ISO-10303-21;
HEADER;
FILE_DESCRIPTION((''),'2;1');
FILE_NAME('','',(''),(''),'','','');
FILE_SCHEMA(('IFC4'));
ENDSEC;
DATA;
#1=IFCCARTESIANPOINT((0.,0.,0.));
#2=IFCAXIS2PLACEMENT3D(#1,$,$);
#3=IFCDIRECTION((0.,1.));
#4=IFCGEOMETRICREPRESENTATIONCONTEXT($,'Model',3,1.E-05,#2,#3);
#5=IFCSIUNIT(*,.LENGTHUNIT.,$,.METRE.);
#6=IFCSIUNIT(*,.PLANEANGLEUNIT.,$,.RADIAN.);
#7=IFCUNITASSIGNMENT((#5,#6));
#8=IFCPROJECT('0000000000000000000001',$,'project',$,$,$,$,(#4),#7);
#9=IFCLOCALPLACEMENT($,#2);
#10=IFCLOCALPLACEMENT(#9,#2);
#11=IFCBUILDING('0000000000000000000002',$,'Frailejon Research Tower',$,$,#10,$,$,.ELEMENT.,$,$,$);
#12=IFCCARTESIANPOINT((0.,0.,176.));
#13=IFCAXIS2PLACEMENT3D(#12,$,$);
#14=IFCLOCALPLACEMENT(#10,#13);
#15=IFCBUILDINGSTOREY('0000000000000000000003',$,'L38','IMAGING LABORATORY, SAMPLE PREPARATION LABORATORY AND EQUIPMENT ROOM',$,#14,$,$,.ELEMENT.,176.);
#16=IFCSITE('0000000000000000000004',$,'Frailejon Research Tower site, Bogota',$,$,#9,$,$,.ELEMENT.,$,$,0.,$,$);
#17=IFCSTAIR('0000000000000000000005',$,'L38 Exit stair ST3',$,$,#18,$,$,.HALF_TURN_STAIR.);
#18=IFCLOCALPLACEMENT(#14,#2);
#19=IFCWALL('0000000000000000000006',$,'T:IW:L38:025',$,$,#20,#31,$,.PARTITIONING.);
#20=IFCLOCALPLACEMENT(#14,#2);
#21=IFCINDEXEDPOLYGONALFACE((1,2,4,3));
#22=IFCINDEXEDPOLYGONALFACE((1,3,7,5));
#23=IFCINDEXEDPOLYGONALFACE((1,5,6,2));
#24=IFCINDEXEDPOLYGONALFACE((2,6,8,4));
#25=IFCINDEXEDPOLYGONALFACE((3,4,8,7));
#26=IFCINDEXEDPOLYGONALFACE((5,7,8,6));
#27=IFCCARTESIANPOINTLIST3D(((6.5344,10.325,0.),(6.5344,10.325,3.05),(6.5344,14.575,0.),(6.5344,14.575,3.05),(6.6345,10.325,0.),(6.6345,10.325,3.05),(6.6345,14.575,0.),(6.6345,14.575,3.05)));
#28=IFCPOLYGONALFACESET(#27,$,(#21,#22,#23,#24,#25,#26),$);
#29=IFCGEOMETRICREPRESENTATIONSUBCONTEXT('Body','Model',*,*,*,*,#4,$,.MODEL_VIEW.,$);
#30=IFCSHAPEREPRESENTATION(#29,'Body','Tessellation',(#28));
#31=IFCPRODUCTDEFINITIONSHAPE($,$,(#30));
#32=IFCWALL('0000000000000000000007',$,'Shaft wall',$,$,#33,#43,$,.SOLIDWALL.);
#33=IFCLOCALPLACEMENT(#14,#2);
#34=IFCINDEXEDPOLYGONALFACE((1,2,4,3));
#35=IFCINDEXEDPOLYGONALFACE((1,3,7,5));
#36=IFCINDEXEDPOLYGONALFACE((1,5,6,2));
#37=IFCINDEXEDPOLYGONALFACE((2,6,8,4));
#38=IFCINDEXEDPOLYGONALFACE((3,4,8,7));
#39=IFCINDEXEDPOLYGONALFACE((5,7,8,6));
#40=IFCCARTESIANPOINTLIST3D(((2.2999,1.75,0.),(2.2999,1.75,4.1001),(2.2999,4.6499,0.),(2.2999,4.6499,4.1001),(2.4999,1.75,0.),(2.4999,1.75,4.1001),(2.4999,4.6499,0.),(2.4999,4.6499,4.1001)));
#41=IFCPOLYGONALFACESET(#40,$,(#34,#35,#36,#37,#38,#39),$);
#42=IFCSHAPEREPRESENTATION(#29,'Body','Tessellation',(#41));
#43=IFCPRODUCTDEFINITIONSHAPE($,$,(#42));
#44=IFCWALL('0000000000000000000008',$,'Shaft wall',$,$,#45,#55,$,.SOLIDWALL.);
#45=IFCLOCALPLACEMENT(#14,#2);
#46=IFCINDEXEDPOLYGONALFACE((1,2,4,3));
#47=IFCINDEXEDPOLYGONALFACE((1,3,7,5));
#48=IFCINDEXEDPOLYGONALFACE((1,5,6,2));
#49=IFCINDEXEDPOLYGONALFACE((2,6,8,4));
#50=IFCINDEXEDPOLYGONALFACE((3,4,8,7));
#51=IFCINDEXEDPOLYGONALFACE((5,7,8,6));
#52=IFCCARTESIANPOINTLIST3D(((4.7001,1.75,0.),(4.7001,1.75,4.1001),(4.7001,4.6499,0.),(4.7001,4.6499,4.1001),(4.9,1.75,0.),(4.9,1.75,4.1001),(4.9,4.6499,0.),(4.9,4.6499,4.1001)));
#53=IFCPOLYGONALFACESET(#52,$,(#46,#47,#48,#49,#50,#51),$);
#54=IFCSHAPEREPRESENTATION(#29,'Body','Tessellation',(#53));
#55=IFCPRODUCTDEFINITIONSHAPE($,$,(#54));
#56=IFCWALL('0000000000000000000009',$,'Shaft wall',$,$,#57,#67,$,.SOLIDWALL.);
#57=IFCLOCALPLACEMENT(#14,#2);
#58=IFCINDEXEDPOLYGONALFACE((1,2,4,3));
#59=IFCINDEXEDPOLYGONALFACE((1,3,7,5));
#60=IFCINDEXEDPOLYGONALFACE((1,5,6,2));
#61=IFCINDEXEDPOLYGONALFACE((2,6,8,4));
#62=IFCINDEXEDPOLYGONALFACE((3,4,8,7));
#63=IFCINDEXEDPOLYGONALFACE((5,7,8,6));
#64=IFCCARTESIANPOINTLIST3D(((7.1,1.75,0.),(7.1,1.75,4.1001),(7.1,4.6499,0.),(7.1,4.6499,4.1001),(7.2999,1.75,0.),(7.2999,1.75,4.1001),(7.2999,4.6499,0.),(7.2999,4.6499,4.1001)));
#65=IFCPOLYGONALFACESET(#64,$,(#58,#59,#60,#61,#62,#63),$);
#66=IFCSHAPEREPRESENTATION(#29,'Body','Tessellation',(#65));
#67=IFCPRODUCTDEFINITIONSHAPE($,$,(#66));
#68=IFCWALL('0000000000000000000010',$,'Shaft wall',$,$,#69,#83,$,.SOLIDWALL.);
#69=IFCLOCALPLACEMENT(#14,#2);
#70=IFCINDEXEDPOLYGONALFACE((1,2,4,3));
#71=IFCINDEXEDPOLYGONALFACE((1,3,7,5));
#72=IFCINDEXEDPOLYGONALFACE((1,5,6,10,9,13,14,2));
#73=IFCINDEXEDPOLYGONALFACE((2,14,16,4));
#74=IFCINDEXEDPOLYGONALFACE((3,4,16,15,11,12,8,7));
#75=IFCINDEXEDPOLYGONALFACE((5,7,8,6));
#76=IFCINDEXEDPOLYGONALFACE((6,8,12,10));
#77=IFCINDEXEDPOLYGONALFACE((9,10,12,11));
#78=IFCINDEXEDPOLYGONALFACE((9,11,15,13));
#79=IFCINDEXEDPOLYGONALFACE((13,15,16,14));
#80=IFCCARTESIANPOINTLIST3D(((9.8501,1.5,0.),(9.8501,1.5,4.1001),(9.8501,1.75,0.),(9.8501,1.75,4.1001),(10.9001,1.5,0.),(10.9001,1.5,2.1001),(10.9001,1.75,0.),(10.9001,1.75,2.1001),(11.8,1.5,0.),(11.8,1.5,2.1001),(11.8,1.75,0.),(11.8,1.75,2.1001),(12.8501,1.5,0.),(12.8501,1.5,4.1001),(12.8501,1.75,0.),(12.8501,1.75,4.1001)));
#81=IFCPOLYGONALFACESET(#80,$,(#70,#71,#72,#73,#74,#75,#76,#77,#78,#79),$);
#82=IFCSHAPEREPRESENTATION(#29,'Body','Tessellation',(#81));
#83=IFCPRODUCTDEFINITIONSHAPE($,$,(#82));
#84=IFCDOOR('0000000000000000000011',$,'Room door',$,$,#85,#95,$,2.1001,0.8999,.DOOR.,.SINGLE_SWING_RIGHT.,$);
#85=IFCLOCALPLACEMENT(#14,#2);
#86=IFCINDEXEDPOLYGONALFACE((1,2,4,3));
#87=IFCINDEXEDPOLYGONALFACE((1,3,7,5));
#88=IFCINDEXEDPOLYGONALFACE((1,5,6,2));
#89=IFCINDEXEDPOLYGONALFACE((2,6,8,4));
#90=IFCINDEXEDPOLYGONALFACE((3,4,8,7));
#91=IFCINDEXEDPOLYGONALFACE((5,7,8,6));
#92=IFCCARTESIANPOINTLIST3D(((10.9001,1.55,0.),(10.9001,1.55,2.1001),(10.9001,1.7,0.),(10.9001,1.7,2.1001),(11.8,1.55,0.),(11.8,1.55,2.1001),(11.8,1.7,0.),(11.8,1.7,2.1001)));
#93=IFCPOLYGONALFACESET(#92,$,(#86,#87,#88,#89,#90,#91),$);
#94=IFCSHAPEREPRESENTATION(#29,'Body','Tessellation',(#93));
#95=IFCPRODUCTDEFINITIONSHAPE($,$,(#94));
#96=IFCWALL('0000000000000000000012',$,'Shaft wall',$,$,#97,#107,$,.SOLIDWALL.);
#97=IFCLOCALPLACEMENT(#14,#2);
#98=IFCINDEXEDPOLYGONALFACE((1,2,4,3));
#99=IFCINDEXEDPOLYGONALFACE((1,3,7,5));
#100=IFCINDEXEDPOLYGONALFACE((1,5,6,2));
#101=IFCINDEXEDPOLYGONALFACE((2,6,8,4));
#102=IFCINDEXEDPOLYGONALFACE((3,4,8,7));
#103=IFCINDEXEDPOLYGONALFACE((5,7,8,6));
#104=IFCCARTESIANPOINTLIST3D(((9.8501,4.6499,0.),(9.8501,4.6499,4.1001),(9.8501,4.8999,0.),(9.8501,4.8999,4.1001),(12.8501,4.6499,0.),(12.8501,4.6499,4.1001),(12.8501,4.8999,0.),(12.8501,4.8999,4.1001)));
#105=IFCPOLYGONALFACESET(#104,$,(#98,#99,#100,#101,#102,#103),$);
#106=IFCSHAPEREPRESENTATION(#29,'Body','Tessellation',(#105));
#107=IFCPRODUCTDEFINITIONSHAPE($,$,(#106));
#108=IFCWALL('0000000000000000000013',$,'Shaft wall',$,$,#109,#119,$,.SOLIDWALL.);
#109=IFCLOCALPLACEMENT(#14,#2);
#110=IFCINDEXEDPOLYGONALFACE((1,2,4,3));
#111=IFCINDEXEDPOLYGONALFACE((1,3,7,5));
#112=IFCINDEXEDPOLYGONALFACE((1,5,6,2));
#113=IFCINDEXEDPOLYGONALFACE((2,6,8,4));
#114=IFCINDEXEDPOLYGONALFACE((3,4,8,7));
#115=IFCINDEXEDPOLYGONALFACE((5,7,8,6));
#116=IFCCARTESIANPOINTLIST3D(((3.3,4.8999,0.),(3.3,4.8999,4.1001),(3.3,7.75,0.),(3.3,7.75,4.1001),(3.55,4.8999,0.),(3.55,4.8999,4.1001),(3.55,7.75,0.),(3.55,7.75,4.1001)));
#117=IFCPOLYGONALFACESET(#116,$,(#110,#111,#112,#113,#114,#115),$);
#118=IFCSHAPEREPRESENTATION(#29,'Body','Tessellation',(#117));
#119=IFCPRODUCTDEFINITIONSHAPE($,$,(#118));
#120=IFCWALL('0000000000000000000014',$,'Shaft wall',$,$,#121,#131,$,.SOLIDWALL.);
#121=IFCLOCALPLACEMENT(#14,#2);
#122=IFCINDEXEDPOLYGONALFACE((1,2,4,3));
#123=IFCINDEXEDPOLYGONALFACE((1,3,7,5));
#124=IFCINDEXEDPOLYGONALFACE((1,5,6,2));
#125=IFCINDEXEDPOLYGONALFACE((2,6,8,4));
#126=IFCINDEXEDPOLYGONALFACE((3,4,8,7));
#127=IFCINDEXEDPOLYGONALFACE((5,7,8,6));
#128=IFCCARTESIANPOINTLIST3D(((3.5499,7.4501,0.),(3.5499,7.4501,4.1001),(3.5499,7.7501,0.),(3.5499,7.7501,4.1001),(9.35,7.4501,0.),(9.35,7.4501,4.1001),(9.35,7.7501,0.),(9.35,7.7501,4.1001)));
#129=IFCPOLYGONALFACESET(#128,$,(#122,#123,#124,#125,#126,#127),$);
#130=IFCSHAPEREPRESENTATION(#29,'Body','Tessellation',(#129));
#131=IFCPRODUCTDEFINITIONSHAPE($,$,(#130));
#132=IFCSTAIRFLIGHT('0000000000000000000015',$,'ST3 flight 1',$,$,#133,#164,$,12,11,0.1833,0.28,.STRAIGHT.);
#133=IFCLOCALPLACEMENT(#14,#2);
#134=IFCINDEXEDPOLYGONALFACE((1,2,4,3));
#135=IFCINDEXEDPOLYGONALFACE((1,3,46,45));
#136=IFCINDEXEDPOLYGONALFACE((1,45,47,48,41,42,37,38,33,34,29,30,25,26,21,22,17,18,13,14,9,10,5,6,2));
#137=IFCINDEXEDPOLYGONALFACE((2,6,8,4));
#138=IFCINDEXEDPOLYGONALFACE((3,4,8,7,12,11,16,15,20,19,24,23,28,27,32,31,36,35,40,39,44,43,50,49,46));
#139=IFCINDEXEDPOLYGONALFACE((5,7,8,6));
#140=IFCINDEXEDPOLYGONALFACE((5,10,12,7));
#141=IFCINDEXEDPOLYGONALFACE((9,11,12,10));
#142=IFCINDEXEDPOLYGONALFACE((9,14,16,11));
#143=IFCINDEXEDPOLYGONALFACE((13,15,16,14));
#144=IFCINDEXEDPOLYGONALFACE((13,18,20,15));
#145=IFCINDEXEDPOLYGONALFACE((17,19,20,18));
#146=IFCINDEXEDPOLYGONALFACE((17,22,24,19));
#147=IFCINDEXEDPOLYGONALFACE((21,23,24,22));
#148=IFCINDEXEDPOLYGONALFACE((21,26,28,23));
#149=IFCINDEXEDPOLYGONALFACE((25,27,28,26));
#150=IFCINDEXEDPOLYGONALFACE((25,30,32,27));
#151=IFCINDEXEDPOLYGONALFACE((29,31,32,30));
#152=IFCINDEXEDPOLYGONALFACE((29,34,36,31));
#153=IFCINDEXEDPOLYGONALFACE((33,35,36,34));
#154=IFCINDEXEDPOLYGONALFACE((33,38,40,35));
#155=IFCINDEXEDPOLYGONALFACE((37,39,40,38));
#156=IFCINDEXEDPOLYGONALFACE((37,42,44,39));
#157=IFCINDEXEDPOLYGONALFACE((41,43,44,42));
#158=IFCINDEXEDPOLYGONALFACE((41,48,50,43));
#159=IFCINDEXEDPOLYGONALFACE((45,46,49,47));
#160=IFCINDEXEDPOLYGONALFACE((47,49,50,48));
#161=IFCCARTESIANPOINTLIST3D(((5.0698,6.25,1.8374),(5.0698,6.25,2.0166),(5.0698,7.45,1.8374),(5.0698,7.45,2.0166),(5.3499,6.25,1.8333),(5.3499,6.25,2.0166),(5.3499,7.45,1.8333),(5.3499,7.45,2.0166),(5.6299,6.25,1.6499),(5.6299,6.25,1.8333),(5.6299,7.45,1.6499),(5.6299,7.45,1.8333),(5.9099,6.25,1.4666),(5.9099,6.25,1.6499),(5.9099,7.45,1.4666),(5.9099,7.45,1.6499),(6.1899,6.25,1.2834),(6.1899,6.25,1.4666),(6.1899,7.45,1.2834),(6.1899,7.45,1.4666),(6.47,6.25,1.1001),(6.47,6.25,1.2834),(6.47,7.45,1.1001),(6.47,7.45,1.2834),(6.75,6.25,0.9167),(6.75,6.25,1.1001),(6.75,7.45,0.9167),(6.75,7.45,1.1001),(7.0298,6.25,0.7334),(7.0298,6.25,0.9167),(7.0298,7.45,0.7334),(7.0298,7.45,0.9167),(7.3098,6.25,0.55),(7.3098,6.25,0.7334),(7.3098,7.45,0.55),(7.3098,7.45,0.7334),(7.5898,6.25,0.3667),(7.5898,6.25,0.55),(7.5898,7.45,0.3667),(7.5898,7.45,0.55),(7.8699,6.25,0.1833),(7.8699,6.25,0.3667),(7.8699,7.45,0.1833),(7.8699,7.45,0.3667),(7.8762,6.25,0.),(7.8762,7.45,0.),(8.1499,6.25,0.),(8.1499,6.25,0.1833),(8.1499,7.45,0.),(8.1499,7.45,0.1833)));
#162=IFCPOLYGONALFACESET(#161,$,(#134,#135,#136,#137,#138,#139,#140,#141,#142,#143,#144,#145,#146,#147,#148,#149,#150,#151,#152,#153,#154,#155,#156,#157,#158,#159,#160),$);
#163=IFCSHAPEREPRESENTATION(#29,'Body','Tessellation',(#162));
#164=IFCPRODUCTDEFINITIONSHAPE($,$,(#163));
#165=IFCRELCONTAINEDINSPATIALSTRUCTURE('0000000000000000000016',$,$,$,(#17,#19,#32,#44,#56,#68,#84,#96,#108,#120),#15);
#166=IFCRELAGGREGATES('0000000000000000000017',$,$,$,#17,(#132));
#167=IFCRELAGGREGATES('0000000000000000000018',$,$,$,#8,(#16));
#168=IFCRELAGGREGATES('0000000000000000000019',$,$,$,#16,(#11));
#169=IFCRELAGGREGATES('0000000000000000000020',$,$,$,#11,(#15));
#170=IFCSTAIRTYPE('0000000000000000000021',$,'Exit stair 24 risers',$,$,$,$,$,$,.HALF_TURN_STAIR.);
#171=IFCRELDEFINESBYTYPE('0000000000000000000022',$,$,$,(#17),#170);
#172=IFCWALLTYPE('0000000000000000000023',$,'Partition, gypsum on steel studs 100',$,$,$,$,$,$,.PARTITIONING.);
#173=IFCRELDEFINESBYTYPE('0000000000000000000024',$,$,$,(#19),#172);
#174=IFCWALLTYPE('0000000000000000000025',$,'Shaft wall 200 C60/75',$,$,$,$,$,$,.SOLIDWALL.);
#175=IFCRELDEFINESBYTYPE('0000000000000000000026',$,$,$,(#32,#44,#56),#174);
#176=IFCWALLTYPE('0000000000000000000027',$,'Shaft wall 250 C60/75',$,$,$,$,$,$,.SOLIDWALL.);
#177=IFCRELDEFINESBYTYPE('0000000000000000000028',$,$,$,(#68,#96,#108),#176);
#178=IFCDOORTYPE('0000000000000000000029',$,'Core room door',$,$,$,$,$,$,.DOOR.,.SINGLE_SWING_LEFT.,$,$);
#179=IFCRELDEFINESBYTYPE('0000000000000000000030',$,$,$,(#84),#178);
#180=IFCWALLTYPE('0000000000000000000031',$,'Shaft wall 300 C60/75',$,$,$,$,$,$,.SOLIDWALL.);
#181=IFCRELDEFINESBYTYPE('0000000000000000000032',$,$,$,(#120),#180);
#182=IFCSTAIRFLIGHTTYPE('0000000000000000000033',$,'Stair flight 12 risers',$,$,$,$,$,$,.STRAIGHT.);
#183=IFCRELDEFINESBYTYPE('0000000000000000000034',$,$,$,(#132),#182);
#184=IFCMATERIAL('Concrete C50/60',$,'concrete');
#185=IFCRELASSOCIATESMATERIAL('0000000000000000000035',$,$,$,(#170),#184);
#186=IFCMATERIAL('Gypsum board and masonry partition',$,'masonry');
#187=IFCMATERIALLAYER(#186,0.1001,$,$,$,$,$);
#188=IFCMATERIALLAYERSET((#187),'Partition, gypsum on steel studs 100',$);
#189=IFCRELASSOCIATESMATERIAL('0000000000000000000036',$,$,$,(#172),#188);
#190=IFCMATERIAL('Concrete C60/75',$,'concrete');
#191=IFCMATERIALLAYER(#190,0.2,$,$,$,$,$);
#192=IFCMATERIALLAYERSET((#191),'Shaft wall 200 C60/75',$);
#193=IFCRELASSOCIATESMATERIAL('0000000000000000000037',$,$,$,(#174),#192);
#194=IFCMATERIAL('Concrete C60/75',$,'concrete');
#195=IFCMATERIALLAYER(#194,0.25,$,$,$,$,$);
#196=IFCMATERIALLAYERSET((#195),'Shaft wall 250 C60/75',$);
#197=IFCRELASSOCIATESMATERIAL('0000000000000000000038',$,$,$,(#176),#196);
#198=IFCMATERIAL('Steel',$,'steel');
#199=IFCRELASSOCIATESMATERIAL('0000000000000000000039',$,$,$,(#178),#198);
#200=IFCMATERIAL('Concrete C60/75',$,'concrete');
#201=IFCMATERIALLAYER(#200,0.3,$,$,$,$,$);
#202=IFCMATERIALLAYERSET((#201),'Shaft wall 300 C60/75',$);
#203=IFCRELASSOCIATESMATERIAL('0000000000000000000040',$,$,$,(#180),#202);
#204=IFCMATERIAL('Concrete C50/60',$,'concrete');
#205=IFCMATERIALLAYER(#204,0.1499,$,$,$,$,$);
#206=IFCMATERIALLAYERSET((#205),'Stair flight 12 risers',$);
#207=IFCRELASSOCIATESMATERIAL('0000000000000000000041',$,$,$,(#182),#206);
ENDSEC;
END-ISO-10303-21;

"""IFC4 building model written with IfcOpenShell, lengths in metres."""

from ifc_helpers import new_model, si_unit, direction, frame, frame_2d, origin, place, context, subcontext, project, spatial, polyline, rectangle, outline, extrude, material, layer, layer_set, type_object, element, fill, aggregate, save


model = new_model("IFC4")

# Units and contexts
model_context = context("Model", 3, precision=1e-05, world=origin(), true_north=direction((0.0, 1.0)))
body_context = subcontext(model_context, "Body", "Model", "MODEL_VIEW")
ifc_project = project(units=[si_unit("LENGTHUNIT", "METRE"), si_unit("PLANEANGLEUNIT", "RADIAN")], contexts=[model_context])

# Site, building, storey
site_placement = place(None, origin())
site = spatial("IfcSite", under=ifc_project, at=site_placement, Name="Frailejon Research Tower site, Bogota", CompositionType="ELEMENT", RefElevation=0.0)
building_placement = place(site_placement, origin())
building = spatial("IfcBuilding", under=site, at=building_placement, Name="Frailejon Research Tower", CompositionType="ELEMENT")
storey_placement = place(building_placement, frame((0.0, 0.0, 176.0)))
storey = spatial("IfcBuildingStorey", under=building, at=storey_placement, Name="L38", Description="IMAGING LABORATORY, SAMPLE PREPARATION LABORATORY AND EQUIPMENT ROOM", CompositionType="ELEMENT", Elevation=176.0)

# Stair
ifc_material_1 = material(Name="Concrete C50/60", Category="concrete")
stair_type = type_object("IfcStairType", Name="Exit stair 24 risers", PredefinedType="HALF_TURN_STAIR", material=ifc_material_1)
stair_1_placement = place(storey_placement, origin())
stair_1 = element("IfcStair", 1, at=stair_1_placement, inside=storey, type_object=stair_type, Name="L38 Exit stair ST3", PredefinedType="HALF_TURN_STAIR")

# Walls
ifc_material_2 = material(Name="Gypsum board and masonry partition", Category="masonry")
ifc_layer_1 = layer(ifc_material_2, 0.1001)
ifc_layer_set_1 = layer_set([ifc_layer_1], Name="Partition, gypsum on steel studs 100")
wall_type_1 = type_object("IfcWallType", Name="Partition, gypsum on steel studs 100", PredefinedType="PARTITIONING", material=ifc_layer_set_1)
wall_1_placement = place(storey_placement, frame((6.5845, 10.325, 0.0), z_axis=(0.0, 0.0, 1.0), x_axis=(0.0, 1.0, 0.0)))
element("IfcWall", 2, at=wall_1_placement, inside=storey, type_object=wall_type_1, Name="T:IW:L38:025", PredefinedType="PARTITIONING", context=body_context, shape_type="SweptSolid", body=[
    extrude(rectangle(XDim=4.25, YDim=0.1001, at=frame_2d((2.125, 0.0))), origin(), (0.0, 0.0, 1.0), 3.05),
])
ifc_material_3 = material(Name="Concrete C60/75", Category="concrete")
ifc_layer_2 = layer(ifc_material_3, 0.2)
ifc_layer_set_2 = layer_set([ifc_layer_2], Name="Shaft wall 200 C60/75")
wall_type_2 = type_object("IfcWallType", Name="Shaft wall 200 C60/75", PredefinedType="SOLIDWALL", material=ifc_layer_set_2)
for number, where, z_axis, x_axis, name in (
    (3, (2.3999, 1.75, 0.0), (0.0, 0.0, 1.0), (0.0, 1.0, 0.0), "Shaft wall"),
    (4, (4.8, 1.75, 0.0), (0.0, 0.0, 1.0), (0.0, 1.0, 0.0), "Shaft wall"),
    (5, (7.2, 1.75, 0.0), (0.0, 0.0, 1.0), (0.0, 1.0, 0.0), "Shaft wall"),
):
    element("IfcWall", number, at=place(storey_placement, frame(where, z_axis=z_axis, x_axis=x_axis)), inside=storey, type_object=wall_type_2, Name=name, PredefinedType="SOLIDWALL", context=body_context, shape_type="SweptSolid", body=[
        extrude(rectangle(XDim=2.8999, YDim=0.2, at=frame_2d((1.45, 0.0))), origin(), (0.0, 0.0, 1.0), 4.1001),
    ])

# Wall, opening, door
ifc_material_4 = material(Name="Concrete C60/75", Category="concrete")
ifc_layer_3 = layer(ifc_material_4, 0.25)
ifc_layer_set_3 = layer_set([ifc_layer_3], Name="Shaft wall 250 C60/75")
wall_type_3 = type_object("IfcWallType", Name="Shaft wall 250 C60/75", PredefinedType="SOLIDWALL", material=ifc_layer_set_3)
wall_2_placement = place(storey_placement, frame((9.8501, 1.625, 0.0), z_axis=(0.0, 0.0, 1.0), x_axis=(1.0, 0.0, 0.0)))
wall_2 = element("IfcWall", 6, at=wall_2_placement, inside=storey, type_object=wall_type_3, Name="Shaft wall", PredefinedType="SOLIDWALL", context=body_context, shape_type="SweptSolid", body=[
    extrude(rectangle(XDim=3.0, YDim=0.25, at=frame_2d((1.5, 0.0))), origin(), (0.0, 0.0, 1.0), 4.1001),
])
opening_1_placement = place(wall_2_placement, frame((1.05, 0.0, 0.0)))
opening_1 = element("IfcOpeningElement", 7, at=opening_1_placement, cuts=wall_2, PredefinedType="OPENING", context=body_context, shape_type="SweptSolid", body=[
    extrude(rectangle(XDim=0.8999, YDim=2.1001, at=frame_2d((0.45, 1.05))), frame((0.0, 0.135, 0.0), z_axis=(0.0, -1.0, 0.0), x_axis=(1.0, 0.0, 0.0)), (0.0, 0.0, 1.0), 0.27),
])
ifc_material_5 = material(Name="Steel", Category="steel")
door_type_1 = type_object("IfcDoorType", Name="Core room door", OperationType="SINGLE_SWING_LEFT", PredefinedType="DOOR", material=ifc_material_5)
door_1_placement = place(opening_1_placement, origin())
door_1 = element("IfcDoor", 8, at=door_1_placement, inside=storey, type_object=door_type_1, Name="Room door", OperationType="SINGLE_SWING_RIGHT", OverallHeight=2.1001, OverallWidth=0.8999, PredefinedType="DOOR", context=body_context, shape_type="SweptSolid", body=[
    extrude(rectangle(XDim=0.8999, YDim=2.1001, at=frame_2d((0.45, 1.05))), frame((0.0, 0.075, 0.0), z_axis=(0.0, -1.0, 0.0), x_axis=(1.0, 0.0, 0.0)), (0.0, 0.0, 1.0), 0.1499),
])
fill(opening_1, door_1)

# Walls
wall_3_placement = place(storey_placement, frame((9.8501, 4.7749, 0.0), z_axis=(0.0, 0.0, 1.0), x_axis=(1.0, 0.0, 0.0)))
element("IfcWall", 9, at=wall_3_placement, inside=storey, type_object=wall_type_3, Name="Shaft wall", PredefinedType="SOLIDWALL", context=body_context, shape_type="SweptSolid", body=[
    extrude(rectangle(XDim=3.0, YDim=0.25, at=frame_2d((1.5, 0.0))), origin(), (0.0, 0.0, 1.0), 4.1001),
])
wall_4_placement = place(storey_placement, frame((3.425, 4.8999, 0.0), z_axis=(0.0, 0.0, 1.0), x_axis=(0.0, 1.0, 0.0)))
element("IfcWall", 10, at=wall_4_placement, inside=storey, type_object=wall_type_3, Name="Shaft wall", PredefinedType="SOLIDWALL", context=body_context, shape_type="SweptSolid", body=[
    extrude(rectangle(XDim=2.8501, YDim=0.25, at=frame_2d((1.425, 0.0))), origin(), (0.0, 0.0, 1.0), 4.1001),
])
ifc_material_6 = material(Name="Concrete C60/75", Category="concrete")
ifc_layer_4 = layer(ifc_material_6, 0.3)
ifc_layer_set_4 = layer_set([ifc_layer_4], Name="Shaft wall 300 C60/75")
wall_type_4 = type_object("IfcWallType", Name="Shaft wall 300 C60/75", PredefinedType="SOLIDWALL", material=ifc_layer_set_4)
wall_5_placement = place(storey_placement, frame((3.55, 7.6001, 0.0), z_axis=(0.0, 0.0, 1.0), x_axis=(1.0, 0.0, 0.0)))
element("IfcWall", 11, at=wall_5_placement, inside=storey, type_object=wall_type_4, Name="Shaft wall", PredefinedType="SOLIDWALL", context=body_context, shape_type="SweptSolid", body=[
    extrude(rectangle(XDim=5.8, YDim=0.3, at=frame_2d((2.8999, 0.0))), origin(), (0.0, 0.0, 1.0), 4.1001),
])

# Stair flight
ifc_material_7 = material(Name="Concrete C50/60", Category="concrete")
ifc_layer_5 = layer(ifc_material_7, 0.1499)
ifc_layer_set_5 = layer_set([ifc_layer_5], Name="Stair flight 12 risers")
stair_flight_type = type_object("IfcStairFlightType", Name="Stair flight 12 risers", PredefinedType="STRAIGHT", material=ifc_layer_set_5)
stair_flight_1_placement = place(storey_placement, frame((8.1499, 6.8501, 0.0), z_axis=(0.0, 0.0, 1.0), x_axis=(-1.0, 0.0, 0.0)))
stair_flight_1 = element("IfcStairFlight", 12, at=stair_flight_1_placement, type_object=stair_flight_type, Name="ST3 flight 1", NumberOfRisers=12, NumberOfTreads=11, PredefinedType="STRAIGHT", RiserHeight=0.1833, TreadLength=0.28, context=body_context, shape_type="SweptSolid", body=[
    extrude(outline(polyline([(0.0, 0.0), (0.0, 0.1833), (0.28, 0.1833), (0.28, 0.3667), (0.5601, 0.3667), (0.5601, 0.55), (0.8401, 0.55), (0.8401, 0.7334), (1.1201, 0.7334), (1.1201, 0.9167), (1.3999, 0.9167), (1.3999, 1.1001), (1.6799, 1.1001), (1.6799, 1.2834), (1.96, 1.2834), (1.96, 1.4666), (2.24, 1.4666), (2.24, 1.6499), (2.52, 1.6499), (2.52, 1.8333), (2.8, 1.8333), (2.8, 2.0166), (3.0801, 2.0166), (3.0801, 2.2), (3.0801, 1.8374), (0.2737, 0.0), (0.0, 0.0)])), frame((0.0, 0.6001, 0.0), z_axis=(0.0, -1.0, 0.0), x_axis=(1.0, 0.0, 0.0)), (0.0, 0.0, 1.0), 1.2),
])
aggregate(stair_1, [stair_flight_1])

save(model, "model.ifc")
